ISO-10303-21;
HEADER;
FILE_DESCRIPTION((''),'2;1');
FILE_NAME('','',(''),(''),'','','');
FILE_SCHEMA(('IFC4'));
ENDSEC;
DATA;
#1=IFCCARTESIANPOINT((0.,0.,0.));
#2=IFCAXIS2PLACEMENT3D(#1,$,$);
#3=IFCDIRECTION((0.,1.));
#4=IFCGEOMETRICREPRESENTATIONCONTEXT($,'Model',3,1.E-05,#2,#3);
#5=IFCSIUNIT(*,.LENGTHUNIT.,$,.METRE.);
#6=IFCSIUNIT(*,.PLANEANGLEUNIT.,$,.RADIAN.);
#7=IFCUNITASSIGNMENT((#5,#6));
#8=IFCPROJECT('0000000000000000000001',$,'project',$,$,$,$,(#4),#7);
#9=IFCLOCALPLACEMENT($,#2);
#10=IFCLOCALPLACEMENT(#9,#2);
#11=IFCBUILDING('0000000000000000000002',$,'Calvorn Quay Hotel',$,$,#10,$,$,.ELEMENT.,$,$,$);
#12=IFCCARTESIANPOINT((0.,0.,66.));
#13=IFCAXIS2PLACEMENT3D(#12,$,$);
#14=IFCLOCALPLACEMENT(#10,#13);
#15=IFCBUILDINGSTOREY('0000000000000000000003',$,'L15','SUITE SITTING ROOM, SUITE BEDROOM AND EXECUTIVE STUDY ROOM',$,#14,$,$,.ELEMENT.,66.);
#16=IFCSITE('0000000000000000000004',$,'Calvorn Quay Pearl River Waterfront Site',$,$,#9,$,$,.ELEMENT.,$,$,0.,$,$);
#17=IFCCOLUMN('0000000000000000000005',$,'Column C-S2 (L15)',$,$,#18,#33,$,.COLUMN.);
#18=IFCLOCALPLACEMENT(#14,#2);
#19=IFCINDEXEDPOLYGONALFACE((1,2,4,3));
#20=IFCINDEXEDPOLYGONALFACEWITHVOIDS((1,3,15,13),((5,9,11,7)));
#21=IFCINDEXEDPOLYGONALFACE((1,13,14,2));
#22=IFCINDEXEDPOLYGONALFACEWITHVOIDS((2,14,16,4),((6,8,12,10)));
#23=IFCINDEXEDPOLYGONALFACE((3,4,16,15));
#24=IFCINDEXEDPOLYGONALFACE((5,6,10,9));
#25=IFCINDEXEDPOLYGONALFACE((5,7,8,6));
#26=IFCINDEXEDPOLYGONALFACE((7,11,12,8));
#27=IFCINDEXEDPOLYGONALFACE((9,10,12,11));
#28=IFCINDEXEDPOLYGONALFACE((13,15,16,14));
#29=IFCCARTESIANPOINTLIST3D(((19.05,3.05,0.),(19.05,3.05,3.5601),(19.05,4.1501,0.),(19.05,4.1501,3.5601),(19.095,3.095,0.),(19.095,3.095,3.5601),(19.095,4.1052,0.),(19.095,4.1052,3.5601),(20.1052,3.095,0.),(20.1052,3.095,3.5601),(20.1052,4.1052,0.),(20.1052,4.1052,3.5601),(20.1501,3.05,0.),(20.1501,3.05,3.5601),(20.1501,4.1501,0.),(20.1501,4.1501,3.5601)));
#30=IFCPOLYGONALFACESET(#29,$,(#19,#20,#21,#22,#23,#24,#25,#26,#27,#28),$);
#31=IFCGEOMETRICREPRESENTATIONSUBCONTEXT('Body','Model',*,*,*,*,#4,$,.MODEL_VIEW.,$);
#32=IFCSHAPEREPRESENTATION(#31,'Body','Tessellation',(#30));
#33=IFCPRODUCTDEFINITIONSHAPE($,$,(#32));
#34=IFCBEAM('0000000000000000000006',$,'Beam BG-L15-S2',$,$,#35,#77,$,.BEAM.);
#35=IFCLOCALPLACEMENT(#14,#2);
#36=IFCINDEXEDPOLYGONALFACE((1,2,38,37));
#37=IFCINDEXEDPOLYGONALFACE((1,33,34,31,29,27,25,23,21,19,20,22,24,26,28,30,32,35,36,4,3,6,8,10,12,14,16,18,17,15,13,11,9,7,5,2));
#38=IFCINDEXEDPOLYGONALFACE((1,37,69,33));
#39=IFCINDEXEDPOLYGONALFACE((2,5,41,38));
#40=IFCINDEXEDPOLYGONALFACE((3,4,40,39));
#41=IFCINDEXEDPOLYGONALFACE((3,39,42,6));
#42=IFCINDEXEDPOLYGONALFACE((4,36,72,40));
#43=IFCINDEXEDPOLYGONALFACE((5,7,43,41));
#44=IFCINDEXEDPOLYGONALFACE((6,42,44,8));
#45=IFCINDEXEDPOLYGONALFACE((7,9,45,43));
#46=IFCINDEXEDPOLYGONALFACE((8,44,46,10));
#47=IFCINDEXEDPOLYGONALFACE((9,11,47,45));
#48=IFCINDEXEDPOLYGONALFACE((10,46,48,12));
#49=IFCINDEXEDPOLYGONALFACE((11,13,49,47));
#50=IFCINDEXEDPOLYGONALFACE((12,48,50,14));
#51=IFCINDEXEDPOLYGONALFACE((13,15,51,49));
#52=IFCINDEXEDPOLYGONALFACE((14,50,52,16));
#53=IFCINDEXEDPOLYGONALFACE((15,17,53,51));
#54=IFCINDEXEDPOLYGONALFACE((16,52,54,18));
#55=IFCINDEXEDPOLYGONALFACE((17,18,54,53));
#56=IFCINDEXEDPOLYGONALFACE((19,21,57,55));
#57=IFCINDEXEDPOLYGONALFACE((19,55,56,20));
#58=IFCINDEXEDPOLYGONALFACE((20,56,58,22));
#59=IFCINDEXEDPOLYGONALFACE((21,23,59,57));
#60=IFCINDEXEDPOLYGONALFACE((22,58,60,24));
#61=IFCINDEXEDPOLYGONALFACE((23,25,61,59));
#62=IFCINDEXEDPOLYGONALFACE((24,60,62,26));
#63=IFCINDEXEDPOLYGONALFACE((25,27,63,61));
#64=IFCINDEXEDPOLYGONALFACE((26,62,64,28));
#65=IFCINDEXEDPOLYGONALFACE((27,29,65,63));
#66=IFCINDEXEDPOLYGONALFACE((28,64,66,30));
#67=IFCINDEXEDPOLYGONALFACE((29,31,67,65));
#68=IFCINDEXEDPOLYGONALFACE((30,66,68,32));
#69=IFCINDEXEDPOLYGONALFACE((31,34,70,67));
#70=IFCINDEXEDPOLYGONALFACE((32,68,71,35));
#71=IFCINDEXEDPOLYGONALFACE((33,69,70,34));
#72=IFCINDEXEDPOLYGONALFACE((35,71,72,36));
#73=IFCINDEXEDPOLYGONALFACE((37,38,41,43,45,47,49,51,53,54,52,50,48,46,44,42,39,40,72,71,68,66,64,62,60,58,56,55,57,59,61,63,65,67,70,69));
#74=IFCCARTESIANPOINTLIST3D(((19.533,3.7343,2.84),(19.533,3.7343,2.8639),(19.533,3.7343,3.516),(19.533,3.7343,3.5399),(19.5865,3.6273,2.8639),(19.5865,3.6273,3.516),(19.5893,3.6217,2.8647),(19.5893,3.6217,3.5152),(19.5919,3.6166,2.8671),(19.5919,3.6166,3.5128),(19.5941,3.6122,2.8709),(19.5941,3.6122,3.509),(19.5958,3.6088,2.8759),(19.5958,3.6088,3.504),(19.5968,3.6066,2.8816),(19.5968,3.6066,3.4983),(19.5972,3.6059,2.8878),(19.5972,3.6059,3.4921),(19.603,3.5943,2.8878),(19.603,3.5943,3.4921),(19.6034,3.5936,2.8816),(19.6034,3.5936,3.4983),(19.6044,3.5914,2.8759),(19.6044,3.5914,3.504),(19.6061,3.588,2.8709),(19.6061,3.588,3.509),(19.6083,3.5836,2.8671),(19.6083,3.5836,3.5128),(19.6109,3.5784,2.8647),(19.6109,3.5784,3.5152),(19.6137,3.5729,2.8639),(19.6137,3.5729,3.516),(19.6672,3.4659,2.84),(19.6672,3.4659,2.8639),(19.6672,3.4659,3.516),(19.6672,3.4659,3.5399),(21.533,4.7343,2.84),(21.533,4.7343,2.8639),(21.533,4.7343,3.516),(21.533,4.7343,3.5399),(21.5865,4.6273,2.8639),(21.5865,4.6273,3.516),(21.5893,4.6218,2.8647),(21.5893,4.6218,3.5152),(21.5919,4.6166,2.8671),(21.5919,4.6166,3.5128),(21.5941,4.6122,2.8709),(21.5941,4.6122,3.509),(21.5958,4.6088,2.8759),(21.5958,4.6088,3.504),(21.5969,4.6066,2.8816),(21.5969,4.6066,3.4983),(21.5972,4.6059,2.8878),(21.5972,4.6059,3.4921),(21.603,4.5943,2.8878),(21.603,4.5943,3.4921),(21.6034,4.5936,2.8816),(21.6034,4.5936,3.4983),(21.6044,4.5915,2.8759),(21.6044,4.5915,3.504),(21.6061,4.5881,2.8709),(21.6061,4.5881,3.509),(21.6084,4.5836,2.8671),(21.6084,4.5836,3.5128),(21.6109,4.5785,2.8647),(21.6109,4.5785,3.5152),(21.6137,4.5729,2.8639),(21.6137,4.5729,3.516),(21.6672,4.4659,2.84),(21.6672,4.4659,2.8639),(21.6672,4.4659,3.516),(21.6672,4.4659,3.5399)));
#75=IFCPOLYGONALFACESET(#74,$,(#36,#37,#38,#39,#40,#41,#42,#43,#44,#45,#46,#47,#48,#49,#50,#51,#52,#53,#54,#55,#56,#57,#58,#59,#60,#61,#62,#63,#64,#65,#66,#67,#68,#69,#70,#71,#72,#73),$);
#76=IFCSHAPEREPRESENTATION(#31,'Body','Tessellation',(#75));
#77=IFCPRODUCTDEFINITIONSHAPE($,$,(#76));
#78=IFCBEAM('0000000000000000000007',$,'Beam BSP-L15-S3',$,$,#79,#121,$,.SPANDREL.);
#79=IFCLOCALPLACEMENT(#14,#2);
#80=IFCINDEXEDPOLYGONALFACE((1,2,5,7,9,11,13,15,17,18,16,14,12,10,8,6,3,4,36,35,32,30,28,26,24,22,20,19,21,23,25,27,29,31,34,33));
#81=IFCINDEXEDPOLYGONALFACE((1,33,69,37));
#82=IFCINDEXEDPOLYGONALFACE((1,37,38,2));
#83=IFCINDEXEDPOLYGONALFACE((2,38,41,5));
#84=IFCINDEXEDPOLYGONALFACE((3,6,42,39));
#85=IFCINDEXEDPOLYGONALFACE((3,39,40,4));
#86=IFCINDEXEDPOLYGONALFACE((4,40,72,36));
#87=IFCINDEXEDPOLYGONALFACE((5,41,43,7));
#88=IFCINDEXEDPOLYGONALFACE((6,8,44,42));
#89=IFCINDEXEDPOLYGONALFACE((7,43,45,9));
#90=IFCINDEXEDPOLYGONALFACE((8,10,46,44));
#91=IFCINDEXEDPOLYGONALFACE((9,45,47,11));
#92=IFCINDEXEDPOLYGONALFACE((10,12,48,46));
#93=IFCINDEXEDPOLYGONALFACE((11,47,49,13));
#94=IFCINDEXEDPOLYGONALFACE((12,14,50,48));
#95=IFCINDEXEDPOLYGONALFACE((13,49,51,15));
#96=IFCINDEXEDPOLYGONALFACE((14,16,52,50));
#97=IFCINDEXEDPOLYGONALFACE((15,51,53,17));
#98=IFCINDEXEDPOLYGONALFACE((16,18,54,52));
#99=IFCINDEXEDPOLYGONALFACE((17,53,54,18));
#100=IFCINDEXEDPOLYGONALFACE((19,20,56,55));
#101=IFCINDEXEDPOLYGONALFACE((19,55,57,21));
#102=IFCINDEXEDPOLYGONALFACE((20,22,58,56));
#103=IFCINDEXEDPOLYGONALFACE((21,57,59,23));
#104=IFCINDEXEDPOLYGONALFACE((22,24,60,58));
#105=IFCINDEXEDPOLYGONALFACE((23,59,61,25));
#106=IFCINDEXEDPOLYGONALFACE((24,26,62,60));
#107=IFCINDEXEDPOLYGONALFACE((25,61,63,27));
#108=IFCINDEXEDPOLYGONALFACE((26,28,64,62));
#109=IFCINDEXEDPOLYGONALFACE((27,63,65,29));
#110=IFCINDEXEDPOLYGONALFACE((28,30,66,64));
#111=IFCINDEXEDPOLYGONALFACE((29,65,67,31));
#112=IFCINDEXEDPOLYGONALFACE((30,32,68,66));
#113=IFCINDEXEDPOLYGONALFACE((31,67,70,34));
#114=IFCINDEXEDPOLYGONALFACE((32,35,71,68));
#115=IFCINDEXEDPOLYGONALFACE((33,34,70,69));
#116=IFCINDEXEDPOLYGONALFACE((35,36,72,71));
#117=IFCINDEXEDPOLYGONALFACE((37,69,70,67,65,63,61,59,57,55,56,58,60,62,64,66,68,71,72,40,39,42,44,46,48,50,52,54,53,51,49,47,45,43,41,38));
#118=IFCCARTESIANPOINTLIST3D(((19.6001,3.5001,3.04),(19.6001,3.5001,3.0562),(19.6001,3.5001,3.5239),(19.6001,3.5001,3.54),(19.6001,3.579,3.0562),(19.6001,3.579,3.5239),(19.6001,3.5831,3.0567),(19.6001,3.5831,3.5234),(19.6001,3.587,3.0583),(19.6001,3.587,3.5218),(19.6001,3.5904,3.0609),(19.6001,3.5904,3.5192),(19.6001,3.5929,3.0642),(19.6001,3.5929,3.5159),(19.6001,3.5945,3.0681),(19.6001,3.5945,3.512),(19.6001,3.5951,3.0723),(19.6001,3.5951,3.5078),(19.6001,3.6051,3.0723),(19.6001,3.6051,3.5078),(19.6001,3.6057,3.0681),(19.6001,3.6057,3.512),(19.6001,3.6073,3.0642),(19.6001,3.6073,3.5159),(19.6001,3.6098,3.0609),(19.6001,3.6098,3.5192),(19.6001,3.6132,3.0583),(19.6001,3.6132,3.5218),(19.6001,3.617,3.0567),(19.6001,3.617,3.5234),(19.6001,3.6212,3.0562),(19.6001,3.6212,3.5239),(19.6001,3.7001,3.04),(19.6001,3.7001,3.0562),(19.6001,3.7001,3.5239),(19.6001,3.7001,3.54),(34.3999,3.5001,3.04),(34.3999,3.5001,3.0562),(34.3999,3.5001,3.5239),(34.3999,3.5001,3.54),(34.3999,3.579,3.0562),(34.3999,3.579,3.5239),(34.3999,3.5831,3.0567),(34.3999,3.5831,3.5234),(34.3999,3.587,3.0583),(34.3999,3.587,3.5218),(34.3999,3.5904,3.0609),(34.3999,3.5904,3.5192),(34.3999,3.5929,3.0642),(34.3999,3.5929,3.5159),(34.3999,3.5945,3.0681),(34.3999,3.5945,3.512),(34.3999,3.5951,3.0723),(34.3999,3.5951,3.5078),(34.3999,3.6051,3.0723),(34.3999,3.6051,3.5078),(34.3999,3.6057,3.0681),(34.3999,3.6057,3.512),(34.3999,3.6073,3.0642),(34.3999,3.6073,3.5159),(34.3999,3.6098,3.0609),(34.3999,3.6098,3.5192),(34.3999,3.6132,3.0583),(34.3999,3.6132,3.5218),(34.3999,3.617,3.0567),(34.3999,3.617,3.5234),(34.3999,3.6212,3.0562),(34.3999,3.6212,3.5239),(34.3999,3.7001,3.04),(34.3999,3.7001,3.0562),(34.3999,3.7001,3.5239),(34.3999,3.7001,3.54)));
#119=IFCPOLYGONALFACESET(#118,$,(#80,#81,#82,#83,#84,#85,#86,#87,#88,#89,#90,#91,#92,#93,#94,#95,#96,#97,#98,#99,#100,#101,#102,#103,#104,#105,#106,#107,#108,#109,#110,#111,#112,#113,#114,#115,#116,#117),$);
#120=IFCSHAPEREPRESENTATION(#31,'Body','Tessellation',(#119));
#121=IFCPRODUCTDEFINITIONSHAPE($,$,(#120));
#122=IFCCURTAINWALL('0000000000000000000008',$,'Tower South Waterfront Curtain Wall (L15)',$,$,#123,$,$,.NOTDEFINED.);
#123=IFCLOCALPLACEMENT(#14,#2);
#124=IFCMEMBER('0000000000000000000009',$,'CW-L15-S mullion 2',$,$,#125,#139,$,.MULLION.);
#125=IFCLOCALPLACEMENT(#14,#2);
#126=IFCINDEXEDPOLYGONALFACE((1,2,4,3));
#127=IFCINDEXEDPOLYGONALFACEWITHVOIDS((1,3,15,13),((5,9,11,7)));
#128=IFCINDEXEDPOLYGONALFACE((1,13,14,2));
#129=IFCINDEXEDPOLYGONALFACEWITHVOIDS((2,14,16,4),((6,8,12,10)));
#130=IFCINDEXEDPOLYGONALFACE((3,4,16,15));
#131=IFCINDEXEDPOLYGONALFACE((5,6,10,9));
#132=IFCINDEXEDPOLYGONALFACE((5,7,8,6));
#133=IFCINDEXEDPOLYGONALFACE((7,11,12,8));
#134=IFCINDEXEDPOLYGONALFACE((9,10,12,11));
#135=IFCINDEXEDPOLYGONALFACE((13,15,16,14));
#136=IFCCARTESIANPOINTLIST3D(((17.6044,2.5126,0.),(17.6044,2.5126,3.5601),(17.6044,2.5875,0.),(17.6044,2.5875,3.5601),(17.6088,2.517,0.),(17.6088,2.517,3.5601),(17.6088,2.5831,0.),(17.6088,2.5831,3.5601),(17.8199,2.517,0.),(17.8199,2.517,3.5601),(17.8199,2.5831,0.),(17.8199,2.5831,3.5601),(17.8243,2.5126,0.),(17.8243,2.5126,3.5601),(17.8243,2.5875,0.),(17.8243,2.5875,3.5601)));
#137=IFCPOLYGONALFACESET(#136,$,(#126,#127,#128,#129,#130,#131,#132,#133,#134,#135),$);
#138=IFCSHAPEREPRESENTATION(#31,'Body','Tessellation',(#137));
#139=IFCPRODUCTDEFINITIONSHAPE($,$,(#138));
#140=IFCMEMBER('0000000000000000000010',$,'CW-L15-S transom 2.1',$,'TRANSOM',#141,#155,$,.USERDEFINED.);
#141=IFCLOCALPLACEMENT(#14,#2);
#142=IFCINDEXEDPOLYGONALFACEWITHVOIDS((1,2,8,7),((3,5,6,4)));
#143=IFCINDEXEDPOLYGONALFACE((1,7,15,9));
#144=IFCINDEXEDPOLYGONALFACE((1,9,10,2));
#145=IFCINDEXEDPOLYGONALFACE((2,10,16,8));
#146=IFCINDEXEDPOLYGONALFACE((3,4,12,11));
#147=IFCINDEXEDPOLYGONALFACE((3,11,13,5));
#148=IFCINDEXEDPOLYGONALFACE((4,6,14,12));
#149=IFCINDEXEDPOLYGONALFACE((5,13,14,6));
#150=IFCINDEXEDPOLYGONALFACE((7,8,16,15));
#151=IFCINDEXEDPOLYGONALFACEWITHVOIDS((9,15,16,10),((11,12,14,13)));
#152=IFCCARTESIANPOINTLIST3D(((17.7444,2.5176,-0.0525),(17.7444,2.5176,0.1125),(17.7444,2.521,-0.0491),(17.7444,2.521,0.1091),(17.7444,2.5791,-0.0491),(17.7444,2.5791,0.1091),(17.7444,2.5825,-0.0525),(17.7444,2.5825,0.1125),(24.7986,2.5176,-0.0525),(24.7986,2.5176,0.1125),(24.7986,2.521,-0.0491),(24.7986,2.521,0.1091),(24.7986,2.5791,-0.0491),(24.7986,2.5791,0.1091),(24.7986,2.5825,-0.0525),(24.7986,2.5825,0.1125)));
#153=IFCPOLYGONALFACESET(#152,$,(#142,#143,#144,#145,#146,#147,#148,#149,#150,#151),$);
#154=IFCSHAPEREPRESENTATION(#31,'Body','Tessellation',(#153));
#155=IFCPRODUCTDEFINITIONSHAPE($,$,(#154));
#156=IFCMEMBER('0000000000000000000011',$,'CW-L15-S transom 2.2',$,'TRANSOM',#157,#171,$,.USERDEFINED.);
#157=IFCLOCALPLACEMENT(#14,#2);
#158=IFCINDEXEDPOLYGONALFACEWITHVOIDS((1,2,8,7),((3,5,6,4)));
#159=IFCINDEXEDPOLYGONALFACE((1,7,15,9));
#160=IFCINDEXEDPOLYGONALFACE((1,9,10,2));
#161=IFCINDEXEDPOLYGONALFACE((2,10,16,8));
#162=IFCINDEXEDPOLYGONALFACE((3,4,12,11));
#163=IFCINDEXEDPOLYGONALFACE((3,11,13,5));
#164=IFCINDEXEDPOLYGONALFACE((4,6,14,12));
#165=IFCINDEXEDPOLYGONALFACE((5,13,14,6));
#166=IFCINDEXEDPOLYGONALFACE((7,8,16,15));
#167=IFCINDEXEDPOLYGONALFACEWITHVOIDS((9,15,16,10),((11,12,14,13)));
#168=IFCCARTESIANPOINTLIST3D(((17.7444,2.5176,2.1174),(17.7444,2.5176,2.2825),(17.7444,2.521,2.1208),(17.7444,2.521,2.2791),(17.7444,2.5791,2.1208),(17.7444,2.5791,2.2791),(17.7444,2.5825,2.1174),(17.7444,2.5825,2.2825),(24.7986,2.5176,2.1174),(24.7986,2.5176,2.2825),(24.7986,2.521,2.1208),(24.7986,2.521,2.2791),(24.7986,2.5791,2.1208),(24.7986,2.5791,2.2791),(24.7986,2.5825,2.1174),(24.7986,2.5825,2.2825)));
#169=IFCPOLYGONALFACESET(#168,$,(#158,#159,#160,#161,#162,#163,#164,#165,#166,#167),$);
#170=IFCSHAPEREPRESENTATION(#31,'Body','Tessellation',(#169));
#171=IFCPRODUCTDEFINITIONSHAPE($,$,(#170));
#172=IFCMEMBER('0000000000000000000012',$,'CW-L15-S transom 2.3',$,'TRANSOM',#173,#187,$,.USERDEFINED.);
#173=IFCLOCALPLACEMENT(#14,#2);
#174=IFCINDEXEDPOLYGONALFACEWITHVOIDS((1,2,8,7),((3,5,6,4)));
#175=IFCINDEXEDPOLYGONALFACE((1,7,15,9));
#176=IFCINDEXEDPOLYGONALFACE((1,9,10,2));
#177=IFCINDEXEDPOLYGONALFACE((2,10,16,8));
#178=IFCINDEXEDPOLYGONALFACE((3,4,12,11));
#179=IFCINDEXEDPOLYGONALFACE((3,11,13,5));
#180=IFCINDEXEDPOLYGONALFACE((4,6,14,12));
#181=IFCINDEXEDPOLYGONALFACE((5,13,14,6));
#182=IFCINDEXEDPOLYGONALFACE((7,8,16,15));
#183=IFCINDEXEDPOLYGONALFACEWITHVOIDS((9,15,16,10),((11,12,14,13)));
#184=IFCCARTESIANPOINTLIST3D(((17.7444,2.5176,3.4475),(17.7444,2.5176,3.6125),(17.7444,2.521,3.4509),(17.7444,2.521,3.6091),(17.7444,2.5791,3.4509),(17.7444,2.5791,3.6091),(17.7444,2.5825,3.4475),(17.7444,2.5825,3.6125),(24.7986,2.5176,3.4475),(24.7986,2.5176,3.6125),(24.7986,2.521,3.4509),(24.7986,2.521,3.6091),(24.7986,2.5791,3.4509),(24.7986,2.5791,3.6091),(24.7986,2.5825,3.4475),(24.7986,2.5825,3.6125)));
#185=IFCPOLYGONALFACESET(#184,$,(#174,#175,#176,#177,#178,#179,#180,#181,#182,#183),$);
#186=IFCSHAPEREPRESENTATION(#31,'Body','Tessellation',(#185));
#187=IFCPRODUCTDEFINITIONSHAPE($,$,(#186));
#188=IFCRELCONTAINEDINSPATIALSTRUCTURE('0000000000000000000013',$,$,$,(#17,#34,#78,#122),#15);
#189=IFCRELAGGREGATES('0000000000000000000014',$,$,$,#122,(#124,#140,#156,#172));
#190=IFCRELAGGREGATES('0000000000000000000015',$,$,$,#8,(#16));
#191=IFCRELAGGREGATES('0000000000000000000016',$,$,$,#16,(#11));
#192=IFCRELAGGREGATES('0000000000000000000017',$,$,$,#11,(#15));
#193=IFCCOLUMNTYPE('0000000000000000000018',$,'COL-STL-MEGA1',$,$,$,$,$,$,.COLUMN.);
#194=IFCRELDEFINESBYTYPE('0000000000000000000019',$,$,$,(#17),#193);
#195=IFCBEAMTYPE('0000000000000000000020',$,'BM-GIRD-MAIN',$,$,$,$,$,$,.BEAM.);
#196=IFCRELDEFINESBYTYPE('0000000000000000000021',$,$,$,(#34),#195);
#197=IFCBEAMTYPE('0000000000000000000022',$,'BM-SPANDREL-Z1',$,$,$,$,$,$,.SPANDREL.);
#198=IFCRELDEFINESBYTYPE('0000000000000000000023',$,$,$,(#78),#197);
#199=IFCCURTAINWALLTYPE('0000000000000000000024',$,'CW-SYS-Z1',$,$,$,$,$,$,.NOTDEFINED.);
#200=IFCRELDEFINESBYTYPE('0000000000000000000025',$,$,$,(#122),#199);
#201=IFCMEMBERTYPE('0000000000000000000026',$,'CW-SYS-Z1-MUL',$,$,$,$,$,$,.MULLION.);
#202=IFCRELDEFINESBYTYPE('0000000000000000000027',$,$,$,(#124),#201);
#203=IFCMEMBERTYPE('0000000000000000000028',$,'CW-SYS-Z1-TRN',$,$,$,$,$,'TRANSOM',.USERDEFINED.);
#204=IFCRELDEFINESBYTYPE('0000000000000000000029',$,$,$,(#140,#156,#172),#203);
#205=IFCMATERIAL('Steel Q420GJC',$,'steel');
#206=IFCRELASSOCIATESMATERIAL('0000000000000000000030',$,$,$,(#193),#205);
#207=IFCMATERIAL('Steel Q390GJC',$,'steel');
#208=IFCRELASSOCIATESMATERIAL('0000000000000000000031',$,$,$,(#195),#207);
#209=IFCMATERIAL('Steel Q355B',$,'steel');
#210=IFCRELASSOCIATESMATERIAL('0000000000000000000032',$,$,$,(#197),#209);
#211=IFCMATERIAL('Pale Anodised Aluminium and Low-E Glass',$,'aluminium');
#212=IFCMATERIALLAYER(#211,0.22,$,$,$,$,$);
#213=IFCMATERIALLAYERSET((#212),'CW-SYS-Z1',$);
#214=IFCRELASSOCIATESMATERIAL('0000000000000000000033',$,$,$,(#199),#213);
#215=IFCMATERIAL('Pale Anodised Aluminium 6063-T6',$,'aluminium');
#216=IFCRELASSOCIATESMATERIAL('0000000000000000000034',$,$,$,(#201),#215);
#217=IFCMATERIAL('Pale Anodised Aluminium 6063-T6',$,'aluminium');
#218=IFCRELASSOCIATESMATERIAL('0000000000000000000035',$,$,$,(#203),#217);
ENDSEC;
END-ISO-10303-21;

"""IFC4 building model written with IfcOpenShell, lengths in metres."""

from ifc_helpers import new_model, si_unit, direction, frame, origin, origin_2d, place, context, subcontext, project, spatial, hollow_rectangle, i_section, extrude, material, layer, layer_set, material_profile, profile_set, type_object, element, aggregate, save


model = new_model("IFC4")

# Units and contexts
model_context = context("Model", 3, precision=1e-05, world=origin(), true_north=direction((0.0, 1.0)))
body_context = subcontext(model_context, "Body", "Model", "MODEL_VIEW")
ifc_project = project(units=[si_unit("LENGTHUNIT", "METRE"), si_unit("PLANEANGLEUNIT", "RADIAN")], contexts=[model_context])

# Site, building, storey
site_placement = place(None, origin())
site = spatial("IfcSite", under=ifc_project, at=site_placement, Name="Calvorn Quay Pearl River Waterfront Site", CompositionType="ELEMENT", RefElevation=0.0)
building_placement = place(site_placement, origin())
building = spatial("IfcBuilding", under=site, at=building_placement, Name="Calvorn Quay Hotel", CompositionType="ELEMENT")
storey_placement = place(building_placement, frame((0.0, 0.0, 66.0)))
storey = spatial("IfcBuildingStorey", under=building, at=storey_placement, Name="L15", Description="SUITE SITTING ROOM, SUITE BEDROOM AND EXECUTIVE STUDY ROOM", CompositionType="ELEMENT", Elevation=66.0)

# Column
ifc_material_1 = material(Name="Steel Q420GJC", Category="steel")
ifc_material_profile_1 = material_profile(ifc_material_1, hollow_rectangle(XDim=1.1001, YDim=1.1001, WallThickness=0.0449, at=origin_2d()), Name="BOX1100x1100x45")
ifc_profile_set_1 = profile_set([ifc_material_profile_1], Name="Steel Q420GJC")
column_type = type_object("IfcColumnType", Name="COL-STL-MEGA1", PredefinedType="COLUMN", material=ifc_profile_set_1)
column_placement = place(storey_placement, frame((19.6001, 3.6001, 0.0), z_axis=(0.0, 0.0, 1.0), x_axis=(1.0, 0.0, 0.0)))
element("IfcColumn", 1, at=column_placement, inside=storey, type_object=column_type, Name="Column C-S2 (L15)", PredefinedType="COLUMN", context=body_context, shape_type="SweptSolid", body=[
    extrude(hollow_rectangle(XDim=1.1001, YDim=1.1001, WallThickness=0.0449, at=origin_2d()), origin(), (0.0, 0.0, 1.0), 3.5601),
])

# Beams
ifc_material_2 = material(Name="Steel Q390GJC", Category="steel")
ifc_material_profile_2 = material_profile(ifc_material_2, i_section(OverallWidth=0.3, OverallDepth=0.7, WebThickness=0.0129, FlangeThickness=0.0239, FilletRadius=0.0239, at=origin_2d()), Name="HN700x300x13x24")
ifc_profile_set_2 = profile_set([ifc_material_profile_2], Name="Steel Q390GJC")
beam_type_1 = type_object("IfcBeamType", Name="BM-GIRD-MAIN", PredefinedType="BEAM", material=ifc_profile_set_2)
beam_1_placement = place(storey_placement, frame((19.6001, 3.6001, 3.1899), z_axis=(0.894427, 0.447214, 0.0), x_axis=(-0.447214, 0.894427, 0.0)))
element("IfcBeam", 2, at=beam_1_placement, inside=storey, type_object=beam_type_1, Name="Beam BG-L15-S2", PredefinedType="BEAM", context=body_context, shape_type="SweptSolid", body=[
    extrude(i_section(OverallWidth=0.3, OverallDepth=0.7, WebThickness=0.0129, FlangeThickness=0.0239, FilletRadius=0.0239, at=origin_2d()), origin(), (0.0, 0.0, 1.0), 2.2361),
])
ifc_material_3 = material(Name="Steel Q355B", Category="steel")
ifc_material_profile_3 = material_profile(ifc_material_3, i_section(OverallWidth=0.2, OverallDepth=0.5, WebThickness=0.01, FlangeThickness=0.0161, FilletRadius=0.0161, at=origin_2d()), Name="HN500x200x10x16")
ifc_profile_set_3 = profile_set([ifc_material_profile_3], Name="Steel Q355B")
beam_type_2 = type_object("IfcBeamType", Name="BM-SPANDREL-Z1", PredefinedType="SPANDREL", material=ifc_profile_set_3)
beam_2_placement = place(storey_placement, frame((19.6001, 3.6001, 3.29), z_axis=(1.0, 0.0, 0.0), x_axis=(0.0, 1.0, 0.0)))
element("IfcBeam", 3, at=beam_2_placement, inside=storey, type_object=beam_type_2, Name="Beam BSP-L15-S3", PredefinedType="SPANDREL", context=body_context, shape_type="SweptSolid", body=[
    extrude(i_section(OverallWidth=0.2, OverallDepth=0.5, WebThickness=0.01, FlangeThickness=0.0161, FilletRadius=0.0161, at=origin_2d()), origin(), (0.0, 0.0, 1.0), 14.7998),
])

# Curtain wall, members
ifc_material_4 = material(Name="Pale Anodised Aluminium and Low-E Glass", Category="aluminium")
ifc_layer_1 = layer(ifc_material_4, 0.22)
ifc_layer_set_1 = layer_set([ifc_layer_1], Name="CW-SYS-Z1")
curtain_wall_type = type_object("IfcCurtainWallType", Name="CW-SYS-Z1", PredefinedType="NOTDEFINED", material=ifc_layer_set_1)
curtain_wall_placement = place(storey_placement, origin())
curtain_wall = element("IfcCurtainWall", 4, at=curtain_wall_placement, inside=storey, type_object=curtain_wall_type, Name="Tower South Waterfront Curtain Wall (L15)", PredefinedType="NOTDEFINED")
ifc_material_5 = material(Name="Pale Anodised Aluminium 6063-T6", Category="aluminium")
ifc_material_profile_4 = material_profile(ifc_material_5, hollow_rectangle(XDim=0.075, YDim=0.22, WallThickness=0.0044, at=origin_2d()), Name="ALU-M220x75x4.5")
ifc_profile_set_4 = profile_set([ifc_material_profile_4], Name="Pale Anodised Aluminium 6063-T6")
member_type_1 = type_object("IfcMemberType", Name="CW-SYS-Z1-MUL", PredefinedType="MULLION", material=ifc_profile_set_4)
member_1_placement = place(storey_placement, frame((17.7144, 2.55, 0.0), z_axis=(0.0, 0.0, 1.0), x_axis=(0.0, 1.0, 0.0)))
member_1 = element("IfcMember", 5, at=member_1_placement, type_object=member_type_1, Name="CW-L15-S mullion 2", PredefinedType="MULLION", context=body_context, shape_type="SweptSolid", body=[
    extrude(hollow_rectangle(XDim=0.075, YDim=0.22, WallThickness=0.0044, at=origin_2d()), origin(), (0.0, 0.0, 1.0), 3.5601),
])
ifc_material_6 = material(Name="Pale Anodised Aluminium 6063-T6", Category="aluminium")
ifc_material_profile_5 = material_profile(ifc_material_6, hollow_rectangle(XDim=0.0649, YDim=0.165, WallThickness=0.0034, at=origin_2d()), Name="ALU-T165x65x3.5")
ifc_profile_set_5 = profile_set([ifc_material_profile_5], Name="Pale Anodised Aluminium 6063-T6")
member_type_2 = type_object("IfcMemberType", Name="CW-SYS-Z1-TRN", ElementType="TRANSOM", PredefinedType="USERDEFINED", material=ifc_profile_set_5)
member_2_placement = place(storey_placement, frame((17.7444, 2.55, 0.03), z_axis=(1.0, 0.0, 0.0), x_axis=(0.0, 1.0, 0.0)))
member_2 = element("IfcMember", 6, at=member_2_placement, type_object=member_type_2, Name="CW-L15-S transom 2.1", ObjectType="TRANSOM", PredefinedType="USERDEFINED", context=body_context, shape_type="SweptSolid", body=[
    extrude(hollow_rectangle(XDim=0.0649, YDim=0.165, WallThickness=0.0034, at=origin_2d()), origin(), (0.0, 0.0, 1.0), 7.0542),
])
member_3_placement = place(storey_placement, frame((17.7444, 2.55, 2.2), z_axis=(1.0, 0.0, 0.0), x_axis=(0.0, 1.0, 0.0)))
member_3 = element("IfcMember", 7, at=member_3_placement, type_object=member_type_2, Name="CW-L15-S transom 2.2", ObjectType="TRANSOM", PredefinedType="USERDEFINED", context=body_context, shape_type="SweptSolid", body=[
    extrude(hollow_rectangle(XDim=0.0649, YDim=0.165, WallThickness=0.0034, at=origin_2d()), origin(), (0.0, 0.0, 1.0), 7.0542),
])
member_4_placement = place(storey_placement, frame((17.7444, 2.55, 3.53), z_axis=(1.0, 0.0, 0.0), x_axis=(0.0, 1.0, 0.0)))
member_4 = element("IfcMember", 8, at=member_4_placement, type_object=member_type_2, Name="CW-L15-S transom 2.3", ObjectType="TRANSOM", PredefinedType="USERDEFINED", context=body_context, shape_type="SweptSolid", body=[
    extrude(hollow_rectangle(XDim=0.0649, YDim=0.165, WallThickness=0.0034, at=origin_2d()), origin(), (0.0, 0.0, 1.0), 7.0542),
])
aggregate(curtain_wall, [member_1, member_2, member_3, member_4])

save(model, "model.ifc")
